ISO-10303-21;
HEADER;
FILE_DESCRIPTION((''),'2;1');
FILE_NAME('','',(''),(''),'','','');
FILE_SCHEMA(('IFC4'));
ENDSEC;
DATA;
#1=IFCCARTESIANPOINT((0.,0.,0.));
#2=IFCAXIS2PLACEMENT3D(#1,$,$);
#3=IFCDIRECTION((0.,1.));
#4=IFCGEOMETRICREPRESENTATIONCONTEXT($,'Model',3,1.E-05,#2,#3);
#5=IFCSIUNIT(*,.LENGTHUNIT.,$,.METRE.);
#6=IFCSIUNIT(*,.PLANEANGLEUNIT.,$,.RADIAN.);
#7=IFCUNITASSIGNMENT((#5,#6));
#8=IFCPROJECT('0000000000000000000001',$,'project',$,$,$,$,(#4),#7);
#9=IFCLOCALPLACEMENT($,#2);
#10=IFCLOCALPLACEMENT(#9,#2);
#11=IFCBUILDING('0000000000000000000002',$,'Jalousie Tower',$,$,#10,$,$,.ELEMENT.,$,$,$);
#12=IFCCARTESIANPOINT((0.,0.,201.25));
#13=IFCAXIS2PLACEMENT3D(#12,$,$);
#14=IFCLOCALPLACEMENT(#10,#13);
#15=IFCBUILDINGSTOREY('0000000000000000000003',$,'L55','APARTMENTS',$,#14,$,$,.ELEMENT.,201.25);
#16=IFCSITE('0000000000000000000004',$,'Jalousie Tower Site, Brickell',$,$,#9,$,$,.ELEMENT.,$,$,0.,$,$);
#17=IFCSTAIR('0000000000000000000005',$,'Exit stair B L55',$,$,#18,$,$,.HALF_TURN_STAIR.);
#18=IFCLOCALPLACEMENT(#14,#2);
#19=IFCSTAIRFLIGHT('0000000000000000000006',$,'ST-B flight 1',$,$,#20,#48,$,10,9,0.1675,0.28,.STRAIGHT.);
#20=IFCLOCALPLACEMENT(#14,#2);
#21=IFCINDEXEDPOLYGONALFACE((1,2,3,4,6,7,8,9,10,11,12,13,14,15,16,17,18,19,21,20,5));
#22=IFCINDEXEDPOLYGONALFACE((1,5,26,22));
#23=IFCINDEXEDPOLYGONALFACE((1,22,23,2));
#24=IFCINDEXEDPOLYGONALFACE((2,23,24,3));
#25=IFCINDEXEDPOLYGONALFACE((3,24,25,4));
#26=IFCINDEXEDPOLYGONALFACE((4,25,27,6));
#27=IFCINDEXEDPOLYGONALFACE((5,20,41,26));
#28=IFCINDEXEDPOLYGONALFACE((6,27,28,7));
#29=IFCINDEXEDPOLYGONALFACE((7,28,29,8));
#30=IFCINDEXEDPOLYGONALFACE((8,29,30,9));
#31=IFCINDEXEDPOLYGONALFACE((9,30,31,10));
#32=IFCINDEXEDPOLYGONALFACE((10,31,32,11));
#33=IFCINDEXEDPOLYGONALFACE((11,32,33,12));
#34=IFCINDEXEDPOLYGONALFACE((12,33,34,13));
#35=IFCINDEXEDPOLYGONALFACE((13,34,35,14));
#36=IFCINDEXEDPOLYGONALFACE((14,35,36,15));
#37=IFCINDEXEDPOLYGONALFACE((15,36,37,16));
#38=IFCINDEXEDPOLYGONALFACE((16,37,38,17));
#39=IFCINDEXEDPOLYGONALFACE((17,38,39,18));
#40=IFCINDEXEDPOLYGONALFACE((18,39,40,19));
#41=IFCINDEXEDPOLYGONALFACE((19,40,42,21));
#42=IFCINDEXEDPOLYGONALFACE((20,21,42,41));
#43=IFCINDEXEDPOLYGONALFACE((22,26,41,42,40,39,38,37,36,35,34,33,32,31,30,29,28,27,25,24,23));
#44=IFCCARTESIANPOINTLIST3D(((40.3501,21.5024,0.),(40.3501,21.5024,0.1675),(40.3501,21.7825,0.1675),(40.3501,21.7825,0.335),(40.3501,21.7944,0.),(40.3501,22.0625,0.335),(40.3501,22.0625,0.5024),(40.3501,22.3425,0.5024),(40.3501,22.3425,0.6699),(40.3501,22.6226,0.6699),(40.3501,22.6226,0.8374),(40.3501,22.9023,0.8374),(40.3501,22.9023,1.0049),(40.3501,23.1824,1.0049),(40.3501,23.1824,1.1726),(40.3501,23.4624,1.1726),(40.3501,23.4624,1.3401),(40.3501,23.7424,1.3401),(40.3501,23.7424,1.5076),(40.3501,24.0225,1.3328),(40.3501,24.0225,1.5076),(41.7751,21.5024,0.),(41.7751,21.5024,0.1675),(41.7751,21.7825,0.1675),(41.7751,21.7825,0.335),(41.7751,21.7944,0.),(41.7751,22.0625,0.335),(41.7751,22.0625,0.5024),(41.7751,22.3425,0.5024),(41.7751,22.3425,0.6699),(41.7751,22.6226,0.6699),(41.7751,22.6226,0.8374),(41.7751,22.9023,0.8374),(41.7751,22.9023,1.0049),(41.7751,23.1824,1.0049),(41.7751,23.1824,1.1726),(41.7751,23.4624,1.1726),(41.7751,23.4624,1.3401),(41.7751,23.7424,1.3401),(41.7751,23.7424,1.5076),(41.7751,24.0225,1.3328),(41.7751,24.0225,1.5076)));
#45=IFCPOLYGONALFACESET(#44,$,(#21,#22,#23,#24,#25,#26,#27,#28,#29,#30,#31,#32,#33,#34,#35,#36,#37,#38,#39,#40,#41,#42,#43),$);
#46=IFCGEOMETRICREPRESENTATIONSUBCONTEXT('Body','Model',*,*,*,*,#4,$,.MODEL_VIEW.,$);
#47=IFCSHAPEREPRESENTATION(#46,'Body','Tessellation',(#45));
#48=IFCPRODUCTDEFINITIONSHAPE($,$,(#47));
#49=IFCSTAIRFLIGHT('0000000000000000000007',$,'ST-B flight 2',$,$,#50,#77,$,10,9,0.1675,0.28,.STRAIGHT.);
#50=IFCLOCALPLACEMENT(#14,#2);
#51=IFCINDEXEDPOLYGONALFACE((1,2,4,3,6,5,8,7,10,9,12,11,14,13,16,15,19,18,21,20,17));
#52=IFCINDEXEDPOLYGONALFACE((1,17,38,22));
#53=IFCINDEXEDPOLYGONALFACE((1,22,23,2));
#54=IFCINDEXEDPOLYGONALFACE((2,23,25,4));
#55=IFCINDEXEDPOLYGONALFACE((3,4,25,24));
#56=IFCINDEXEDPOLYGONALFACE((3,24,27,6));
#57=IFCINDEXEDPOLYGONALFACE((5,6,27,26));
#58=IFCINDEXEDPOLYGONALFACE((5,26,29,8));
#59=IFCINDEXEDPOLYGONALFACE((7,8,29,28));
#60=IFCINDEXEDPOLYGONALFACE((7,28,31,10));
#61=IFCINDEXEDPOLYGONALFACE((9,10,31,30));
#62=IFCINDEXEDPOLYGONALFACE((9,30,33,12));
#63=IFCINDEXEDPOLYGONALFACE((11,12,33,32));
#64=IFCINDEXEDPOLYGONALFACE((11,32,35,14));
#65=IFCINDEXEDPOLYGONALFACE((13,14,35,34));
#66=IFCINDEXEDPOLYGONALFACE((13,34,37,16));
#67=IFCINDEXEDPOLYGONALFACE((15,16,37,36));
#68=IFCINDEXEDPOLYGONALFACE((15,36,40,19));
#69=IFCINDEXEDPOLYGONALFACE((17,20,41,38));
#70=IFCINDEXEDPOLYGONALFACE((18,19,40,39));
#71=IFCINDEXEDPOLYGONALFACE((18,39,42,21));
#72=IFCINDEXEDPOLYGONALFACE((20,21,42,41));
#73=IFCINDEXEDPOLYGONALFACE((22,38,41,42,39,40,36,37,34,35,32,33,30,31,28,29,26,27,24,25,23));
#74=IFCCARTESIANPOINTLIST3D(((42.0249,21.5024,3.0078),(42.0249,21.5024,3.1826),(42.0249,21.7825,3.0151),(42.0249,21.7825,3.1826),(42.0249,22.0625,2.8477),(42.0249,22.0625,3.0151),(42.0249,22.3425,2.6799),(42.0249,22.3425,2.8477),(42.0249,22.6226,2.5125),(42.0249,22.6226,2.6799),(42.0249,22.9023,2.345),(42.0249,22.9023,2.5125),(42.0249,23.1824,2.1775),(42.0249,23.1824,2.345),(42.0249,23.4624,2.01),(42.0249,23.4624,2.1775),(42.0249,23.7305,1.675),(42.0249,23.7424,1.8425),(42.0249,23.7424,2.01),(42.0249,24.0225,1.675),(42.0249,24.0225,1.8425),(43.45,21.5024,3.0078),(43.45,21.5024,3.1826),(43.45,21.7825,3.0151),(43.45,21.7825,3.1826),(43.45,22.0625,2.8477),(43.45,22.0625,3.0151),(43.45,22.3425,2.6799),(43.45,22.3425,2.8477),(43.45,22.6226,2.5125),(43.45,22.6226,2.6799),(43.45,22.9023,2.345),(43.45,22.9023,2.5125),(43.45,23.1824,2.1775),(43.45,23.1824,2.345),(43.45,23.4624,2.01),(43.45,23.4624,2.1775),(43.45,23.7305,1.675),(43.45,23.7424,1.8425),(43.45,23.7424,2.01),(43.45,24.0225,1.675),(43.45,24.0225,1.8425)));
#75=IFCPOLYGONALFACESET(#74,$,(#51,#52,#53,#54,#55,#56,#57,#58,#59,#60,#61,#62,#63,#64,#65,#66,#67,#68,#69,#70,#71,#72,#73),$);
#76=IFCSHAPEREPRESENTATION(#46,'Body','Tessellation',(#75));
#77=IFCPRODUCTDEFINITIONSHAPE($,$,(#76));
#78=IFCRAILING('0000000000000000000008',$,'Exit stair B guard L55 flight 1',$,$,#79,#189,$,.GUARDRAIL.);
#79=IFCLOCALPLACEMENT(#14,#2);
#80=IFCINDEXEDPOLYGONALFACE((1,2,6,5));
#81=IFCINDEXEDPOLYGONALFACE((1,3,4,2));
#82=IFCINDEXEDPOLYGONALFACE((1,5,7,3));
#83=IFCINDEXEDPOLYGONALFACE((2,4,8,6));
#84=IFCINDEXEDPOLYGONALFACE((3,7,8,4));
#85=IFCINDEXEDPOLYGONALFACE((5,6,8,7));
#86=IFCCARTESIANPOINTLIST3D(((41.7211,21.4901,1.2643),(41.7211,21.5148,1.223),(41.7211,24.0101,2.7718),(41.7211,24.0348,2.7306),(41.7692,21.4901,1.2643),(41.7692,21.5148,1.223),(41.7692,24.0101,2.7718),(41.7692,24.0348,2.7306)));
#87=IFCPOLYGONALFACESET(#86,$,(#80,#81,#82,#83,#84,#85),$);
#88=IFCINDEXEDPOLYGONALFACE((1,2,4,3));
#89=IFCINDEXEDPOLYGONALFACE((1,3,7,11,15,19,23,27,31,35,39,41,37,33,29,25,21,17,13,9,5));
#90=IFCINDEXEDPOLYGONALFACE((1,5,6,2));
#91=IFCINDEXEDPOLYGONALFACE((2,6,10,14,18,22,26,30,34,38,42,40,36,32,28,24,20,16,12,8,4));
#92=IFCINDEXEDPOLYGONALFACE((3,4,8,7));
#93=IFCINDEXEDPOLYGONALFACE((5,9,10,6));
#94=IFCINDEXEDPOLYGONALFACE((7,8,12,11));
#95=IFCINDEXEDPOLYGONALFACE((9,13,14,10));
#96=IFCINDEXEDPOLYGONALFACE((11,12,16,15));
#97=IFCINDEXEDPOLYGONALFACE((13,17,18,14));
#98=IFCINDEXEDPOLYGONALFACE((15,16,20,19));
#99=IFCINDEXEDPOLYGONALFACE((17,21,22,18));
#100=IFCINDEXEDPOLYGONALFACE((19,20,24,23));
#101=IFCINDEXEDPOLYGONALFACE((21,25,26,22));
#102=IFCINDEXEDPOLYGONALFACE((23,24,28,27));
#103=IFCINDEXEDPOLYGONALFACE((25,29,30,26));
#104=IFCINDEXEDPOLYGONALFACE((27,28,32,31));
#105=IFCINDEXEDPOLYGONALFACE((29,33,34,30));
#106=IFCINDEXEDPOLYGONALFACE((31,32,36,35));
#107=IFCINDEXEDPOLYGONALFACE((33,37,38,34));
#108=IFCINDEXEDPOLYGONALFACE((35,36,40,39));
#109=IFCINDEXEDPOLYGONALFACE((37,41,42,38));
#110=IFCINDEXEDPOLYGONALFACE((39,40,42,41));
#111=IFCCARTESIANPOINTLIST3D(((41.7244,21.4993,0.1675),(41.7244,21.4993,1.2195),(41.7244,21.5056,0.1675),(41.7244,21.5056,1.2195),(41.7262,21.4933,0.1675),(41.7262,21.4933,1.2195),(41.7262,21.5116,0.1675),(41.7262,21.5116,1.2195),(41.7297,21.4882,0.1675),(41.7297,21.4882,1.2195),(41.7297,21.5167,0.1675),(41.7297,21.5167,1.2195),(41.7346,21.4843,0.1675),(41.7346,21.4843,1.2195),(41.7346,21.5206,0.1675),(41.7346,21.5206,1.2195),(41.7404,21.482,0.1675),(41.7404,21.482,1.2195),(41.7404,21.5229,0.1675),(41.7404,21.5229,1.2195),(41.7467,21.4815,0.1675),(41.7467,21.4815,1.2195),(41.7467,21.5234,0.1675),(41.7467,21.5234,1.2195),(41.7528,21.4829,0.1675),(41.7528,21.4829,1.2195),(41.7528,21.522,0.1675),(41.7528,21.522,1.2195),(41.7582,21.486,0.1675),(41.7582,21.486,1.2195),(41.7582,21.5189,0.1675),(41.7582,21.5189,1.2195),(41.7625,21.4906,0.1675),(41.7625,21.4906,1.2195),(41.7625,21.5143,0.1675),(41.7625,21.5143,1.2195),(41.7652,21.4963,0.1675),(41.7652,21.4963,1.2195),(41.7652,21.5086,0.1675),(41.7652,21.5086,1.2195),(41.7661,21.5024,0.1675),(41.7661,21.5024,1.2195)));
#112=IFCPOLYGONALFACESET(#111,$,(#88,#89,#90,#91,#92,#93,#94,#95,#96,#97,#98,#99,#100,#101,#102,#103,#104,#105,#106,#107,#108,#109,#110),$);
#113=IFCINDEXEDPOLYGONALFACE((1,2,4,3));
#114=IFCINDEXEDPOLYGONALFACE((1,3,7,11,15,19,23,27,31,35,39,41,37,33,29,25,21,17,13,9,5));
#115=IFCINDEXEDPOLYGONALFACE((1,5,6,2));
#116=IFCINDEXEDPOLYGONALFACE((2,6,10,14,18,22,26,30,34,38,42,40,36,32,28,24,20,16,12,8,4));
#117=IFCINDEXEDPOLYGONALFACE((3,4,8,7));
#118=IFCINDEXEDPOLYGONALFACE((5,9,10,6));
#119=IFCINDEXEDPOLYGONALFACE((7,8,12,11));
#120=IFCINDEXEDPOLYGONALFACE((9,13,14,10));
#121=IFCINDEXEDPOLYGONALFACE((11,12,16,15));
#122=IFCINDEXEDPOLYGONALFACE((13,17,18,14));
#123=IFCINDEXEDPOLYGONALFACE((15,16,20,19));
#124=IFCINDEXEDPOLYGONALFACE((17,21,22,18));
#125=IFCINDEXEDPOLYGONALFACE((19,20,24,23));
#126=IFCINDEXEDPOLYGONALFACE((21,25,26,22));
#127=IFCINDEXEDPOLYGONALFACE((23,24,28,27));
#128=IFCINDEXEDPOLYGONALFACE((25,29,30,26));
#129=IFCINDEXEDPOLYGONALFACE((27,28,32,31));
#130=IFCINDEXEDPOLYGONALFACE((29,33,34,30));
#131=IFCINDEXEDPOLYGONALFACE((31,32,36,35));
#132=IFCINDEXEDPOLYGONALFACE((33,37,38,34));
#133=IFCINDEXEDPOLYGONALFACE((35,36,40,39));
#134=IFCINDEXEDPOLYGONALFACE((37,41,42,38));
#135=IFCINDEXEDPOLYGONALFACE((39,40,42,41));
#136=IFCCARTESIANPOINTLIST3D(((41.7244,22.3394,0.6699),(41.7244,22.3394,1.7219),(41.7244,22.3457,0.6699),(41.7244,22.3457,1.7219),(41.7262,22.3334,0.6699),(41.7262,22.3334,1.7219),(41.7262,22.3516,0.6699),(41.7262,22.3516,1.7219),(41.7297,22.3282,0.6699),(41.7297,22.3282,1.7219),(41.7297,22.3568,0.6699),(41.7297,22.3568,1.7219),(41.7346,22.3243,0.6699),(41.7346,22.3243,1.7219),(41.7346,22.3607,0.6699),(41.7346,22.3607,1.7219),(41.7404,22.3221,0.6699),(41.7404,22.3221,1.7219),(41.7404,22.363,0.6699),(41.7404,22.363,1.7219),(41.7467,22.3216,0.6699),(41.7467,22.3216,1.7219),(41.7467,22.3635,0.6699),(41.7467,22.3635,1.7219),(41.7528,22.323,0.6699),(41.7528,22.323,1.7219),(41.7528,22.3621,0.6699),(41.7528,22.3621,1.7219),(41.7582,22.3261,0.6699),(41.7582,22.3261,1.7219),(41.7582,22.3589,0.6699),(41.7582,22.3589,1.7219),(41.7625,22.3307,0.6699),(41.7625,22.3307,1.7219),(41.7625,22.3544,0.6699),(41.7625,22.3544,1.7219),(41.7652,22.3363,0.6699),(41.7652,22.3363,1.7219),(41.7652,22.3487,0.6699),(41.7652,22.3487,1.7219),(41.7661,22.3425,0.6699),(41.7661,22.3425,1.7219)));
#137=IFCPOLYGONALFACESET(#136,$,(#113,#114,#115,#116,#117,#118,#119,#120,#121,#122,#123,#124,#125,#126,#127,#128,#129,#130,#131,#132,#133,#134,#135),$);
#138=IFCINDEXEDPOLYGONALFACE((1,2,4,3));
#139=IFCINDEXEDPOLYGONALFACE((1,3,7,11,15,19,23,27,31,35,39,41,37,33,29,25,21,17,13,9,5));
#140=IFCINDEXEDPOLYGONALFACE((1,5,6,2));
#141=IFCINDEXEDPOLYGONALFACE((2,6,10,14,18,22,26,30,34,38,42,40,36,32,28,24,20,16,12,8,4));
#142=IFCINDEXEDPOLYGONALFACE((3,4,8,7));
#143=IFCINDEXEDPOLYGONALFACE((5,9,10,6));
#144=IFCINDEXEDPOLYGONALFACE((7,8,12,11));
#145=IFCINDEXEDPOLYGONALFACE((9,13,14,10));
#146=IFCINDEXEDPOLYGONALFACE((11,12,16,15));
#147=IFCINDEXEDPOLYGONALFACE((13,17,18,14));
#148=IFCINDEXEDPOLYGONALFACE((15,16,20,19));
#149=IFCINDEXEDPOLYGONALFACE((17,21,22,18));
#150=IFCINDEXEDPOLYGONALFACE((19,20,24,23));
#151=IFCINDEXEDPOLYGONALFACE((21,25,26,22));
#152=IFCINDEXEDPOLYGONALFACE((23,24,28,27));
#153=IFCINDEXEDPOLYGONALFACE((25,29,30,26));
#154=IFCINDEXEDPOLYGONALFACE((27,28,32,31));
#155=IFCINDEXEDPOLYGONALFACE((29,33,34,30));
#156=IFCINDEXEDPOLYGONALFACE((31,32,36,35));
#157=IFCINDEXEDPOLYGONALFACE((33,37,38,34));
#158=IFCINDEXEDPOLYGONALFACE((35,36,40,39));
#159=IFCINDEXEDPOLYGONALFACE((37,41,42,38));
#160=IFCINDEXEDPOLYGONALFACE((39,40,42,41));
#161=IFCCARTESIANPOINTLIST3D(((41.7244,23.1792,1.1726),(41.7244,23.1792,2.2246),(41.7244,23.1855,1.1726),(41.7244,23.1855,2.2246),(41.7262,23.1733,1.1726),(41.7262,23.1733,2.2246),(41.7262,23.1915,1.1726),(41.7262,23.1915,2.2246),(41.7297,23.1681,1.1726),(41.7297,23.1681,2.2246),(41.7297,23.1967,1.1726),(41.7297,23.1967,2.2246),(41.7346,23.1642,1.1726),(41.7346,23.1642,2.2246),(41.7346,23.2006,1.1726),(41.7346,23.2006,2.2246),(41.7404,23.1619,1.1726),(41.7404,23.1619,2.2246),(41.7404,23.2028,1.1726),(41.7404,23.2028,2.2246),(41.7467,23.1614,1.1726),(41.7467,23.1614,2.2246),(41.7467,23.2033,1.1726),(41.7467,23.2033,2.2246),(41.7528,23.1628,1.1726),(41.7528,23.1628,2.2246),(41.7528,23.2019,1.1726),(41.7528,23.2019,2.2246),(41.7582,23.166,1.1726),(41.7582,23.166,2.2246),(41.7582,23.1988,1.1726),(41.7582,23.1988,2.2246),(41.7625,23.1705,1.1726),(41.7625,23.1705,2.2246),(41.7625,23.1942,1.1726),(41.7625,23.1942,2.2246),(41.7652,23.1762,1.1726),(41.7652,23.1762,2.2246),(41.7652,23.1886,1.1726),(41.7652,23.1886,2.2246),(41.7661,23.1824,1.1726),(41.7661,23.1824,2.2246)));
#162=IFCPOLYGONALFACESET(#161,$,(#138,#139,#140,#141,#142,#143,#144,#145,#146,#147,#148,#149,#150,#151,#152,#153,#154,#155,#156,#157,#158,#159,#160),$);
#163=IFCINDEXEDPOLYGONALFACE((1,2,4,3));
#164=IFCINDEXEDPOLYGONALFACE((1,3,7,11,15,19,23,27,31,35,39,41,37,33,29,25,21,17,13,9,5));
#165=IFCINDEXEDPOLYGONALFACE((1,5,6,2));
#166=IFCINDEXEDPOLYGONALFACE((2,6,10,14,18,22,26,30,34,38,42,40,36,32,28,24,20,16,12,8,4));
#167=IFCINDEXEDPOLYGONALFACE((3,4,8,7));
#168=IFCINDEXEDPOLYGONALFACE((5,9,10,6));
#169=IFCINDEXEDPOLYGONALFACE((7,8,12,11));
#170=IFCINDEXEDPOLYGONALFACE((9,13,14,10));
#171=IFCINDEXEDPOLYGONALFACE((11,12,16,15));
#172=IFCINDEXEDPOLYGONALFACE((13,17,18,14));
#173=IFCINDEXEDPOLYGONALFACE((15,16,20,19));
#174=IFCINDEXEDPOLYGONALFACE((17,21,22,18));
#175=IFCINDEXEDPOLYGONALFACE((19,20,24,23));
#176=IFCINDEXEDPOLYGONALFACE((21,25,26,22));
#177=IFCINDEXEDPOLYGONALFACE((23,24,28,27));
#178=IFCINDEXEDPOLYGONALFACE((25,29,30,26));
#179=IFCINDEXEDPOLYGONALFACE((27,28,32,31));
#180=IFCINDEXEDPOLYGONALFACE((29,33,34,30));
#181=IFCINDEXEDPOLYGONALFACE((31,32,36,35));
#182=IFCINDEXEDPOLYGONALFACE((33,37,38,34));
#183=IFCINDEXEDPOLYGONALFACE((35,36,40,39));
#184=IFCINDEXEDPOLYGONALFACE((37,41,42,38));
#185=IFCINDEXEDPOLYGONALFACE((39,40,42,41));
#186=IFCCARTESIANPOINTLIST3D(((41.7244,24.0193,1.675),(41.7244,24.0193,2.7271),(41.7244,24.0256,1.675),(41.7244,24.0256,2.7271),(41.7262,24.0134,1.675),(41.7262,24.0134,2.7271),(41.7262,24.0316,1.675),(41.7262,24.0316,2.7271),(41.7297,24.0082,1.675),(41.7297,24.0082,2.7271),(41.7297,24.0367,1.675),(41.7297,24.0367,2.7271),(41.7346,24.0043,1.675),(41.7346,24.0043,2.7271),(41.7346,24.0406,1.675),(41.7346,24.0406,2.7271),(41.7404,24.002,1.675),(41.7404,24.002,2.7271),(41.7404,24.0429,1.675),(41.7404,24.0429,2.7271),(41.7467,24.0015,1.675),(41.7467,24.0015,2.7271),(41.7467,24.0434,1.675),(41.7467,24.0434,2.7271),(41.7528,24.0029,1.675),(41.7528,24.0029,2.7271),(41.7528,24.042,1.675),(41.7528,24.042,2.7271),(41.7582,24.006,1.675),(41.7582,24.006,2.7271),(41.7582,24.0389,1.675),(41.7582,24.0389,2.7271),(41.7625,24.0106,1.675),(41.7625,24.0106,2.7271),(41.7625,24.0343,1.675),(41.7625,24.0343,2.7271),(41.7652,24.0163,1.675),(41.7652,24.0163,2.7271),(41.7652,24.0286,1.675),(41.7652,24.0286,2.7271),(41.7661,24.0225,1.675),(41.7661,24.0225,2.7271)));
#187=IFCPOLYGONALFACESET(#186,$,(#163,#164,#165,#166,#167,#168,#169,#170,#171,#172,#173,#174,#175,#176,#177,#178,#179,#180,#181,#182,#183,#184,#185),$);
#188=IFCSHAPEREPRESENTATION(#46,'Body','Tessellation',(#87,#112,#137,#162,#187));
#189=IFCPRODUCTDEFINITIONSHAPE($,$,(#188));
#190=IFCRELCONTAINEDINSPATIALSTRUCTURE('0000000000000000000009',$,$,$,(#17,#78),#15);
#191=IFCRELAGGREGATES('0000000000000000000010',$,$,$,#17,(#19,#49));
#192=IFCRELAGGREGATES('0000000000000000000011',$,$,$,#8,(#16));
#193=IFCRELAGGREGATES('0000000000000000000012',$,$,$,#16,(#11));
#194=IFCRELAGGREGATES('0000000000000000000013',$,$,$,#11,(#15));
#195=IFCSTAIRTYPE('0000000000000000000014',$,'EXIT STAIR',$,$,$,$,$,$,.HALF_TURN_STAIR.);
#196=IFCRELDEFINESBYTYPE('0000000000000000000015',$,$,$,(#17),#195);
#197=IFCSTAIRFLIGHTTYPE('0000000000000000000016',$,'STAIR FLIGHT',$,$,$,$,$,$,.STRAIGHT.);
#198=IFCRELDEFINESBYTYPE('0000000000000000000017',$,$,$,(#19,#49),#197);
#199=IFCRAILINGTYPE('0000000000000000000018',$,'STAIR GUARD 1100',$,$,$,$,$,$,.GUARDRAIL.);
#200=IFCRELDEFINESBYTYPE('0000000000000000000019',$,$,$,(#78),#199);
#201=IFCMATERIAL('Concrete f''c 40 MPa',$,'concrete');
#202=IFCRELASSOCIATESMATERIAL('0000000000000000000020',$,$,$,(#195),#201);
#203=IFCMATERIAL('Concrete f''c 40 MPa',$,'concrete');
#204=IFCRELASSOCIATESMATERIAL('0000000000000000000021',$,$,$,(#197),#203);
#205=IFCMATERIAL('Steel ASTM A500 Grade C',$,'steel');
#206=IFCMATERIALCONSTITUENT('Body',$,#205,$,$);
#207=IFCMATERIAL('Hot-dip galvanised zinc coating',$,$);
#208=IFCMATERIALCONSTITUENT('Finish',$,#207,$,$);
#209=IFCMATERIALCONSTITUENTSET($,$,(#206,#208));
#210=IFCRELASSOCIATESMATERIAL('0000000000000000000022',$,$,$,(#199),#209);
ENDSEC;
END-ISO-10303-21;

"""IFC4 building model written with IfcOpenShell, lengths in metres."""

from ifc_helpers import new_model, si_unit, direction, frame, origin, origin_2d, place, context, subcontext, project, spatial, polyline, rectangle, circle, outline, extrude, material, constituent, constituent_set, type_object, element, aggregate, save


model = new_model("IFC4")

# Units and contexts
model_context = context("Model", 3, precision=1e-05, world=origin(), true_north=direction((0.0, 1.0)))
body_context = subcontext(model_context, "Body", "Model", "MODEL_VIEW")
ifc_project = project(units=[si_unit("LENGTHUNIT", "METRE"), si_unit("PLANEANGLEUNIT", "RADIAN")], contexts=[model_context])

# Site, building, storey
site_placement = place(None, origin())
site = spatial("IfcSite", under=ifc_project, at=site_placement, Name="Jalousie Tower Site, Brickell", CompositionType="ELEMENT", RefElevation=0.0)
building_placement = place(site_placement, origin())
building = spatial("IfcBuilding", under=site, at=building_placement, Name="Jalousie Tower", CompositionType="ELEMENT")
storey_placement = place(building_placement, frame((0.0, 0.0, 201.25)))
storey = spatial("IfcBuildingStorey", under=building, at=storey_placement, Name="L55", Description="APARTMENTS", CompositionType="ELEMENT", Elevation=201.25)

# Stair, stair flights
ifc_material_1 = material(Name="Concrete f'c 40 MPa", Category="concrete")
stair_type = type_object("IfcStairType", Name="EXIT STAIR", PredefinedType="HALF_TURN_STAIR", material=ifc_material_1)
stair_placement = place(storey_placement, origin())
stair = element("IfcStair", 1, at=stair_placement, inside=storey, type_object=stair_type, Name="Exit stair B L55", PredefinedType="HALF_TURN_STAIR")
ifc_material_2 = material(Name="Concrete f'c 40 MPa", Category="concrete")
stair_flight_type = type_object("IfcStairFlightType", Name="STAIR FLIGHT", PredefinedType="STRAIGHT", material=ifc_material_2)
stair_flight_1_placement = place(storey_placement, frame((41.0625, 21.5024, 0.0), z_axis=(0.0, 0.0, 1.0), x_axis=(0.0, 1.0, 0.0)))
stair_flight_1 = element("IfcStairFlight", 2, at=stair_flight_1_placement, type_object=stair_flight_type, Name="ST-B flight 1", NumberOfRisers=10, NumberOfTreads=9, PredefinedType="STRAIGHT", RiserHeight=0.1675, TreadLength=0.28, context=body_context, shape_type="SweptSolid", body=[
    extrude(outline(polyline([(0.0, 0.0), (0.0, 0.1675), (0.28, 0.1675), (0.28, 0.335), (0.5601, 0.335), (0.5601, 0.5024), (0.8401, 0.5024), (0.8401, 0.6699), (1.1201, 0.6699), (1.1201, 0.8374), (1.3999, 0.8374), (1.3999, 1.0049), (1.6799, 1.0049), (1.6799, 1.1726), (1.96, 1.1726), (1.96, 1.3401), (2.24, 1.3401), (2.24, 1.5076), (2.52, 1.5076), (2.52, 1.675), (2.52, 1.3328), (0.292, 0.0), (0.0, 0.0)])), frame((0.0, 0.7124, 0.0), z_axis=(0.0, -1.0, 0.0), x_axis=(1.0, 0.0, 0.0)), (0.0, 0.0, 1.0), 1.425),
])
stair_flight_2_placement = place(storey_placement, frame((42.7375, 24.0225, 1.675), z_axis=(0.0, 0.0, 1.0), x_axis=(0.0, -1.0, 0.0)))
stair_flight_2 = element("IfcStairFlight", 3, at=stair_flight_2_placement, type_object=stair_flight_type, Name="ST-B flight 2", NumberOfRisers=10, NumberOfTreads=9, PredefinedType="STRAIGHT", RiserHeight=0.1675, TreadLength=0.28, context=body_context, shape_type="SweptSolid", body=[
    extrude(outline(polyline([(0.0, 0.0), (0.0, 0.1675), (0.28, 0.1675), (0.28, 0.335), (0.5601, 0.335), (0.5601, 0.5024), (0.8401, 0.5024), (0.8401, 0.6699), (1.1201, 0.6699), (1.1201, 0.8374), (1.3999, 0.8374), (1.3999, 1.0049), (1.6799, 1.0049), (1.6799, 1.1726), (1.96, 1.1726), (1.96, 1.3401), (2.24, 1.3401), (2.24, 1.5076), (2.52, 1.5076), (2.52, 1.675), (2.52, 1.3328), (0.292, 0.0), (0.0, 0.0)])), frame((0.0, 0.7124, 0.0), z_axis=(0.0, -1.0, 0.0), x_axis=(1.0, 0.0, 0.0)), (0.0, 0.0, 1.0), 1.425),
])
aggregate(stair, [stair_flight_1, stair_flight_2])

# Railing
ifc_material_3 = material(Name="Steel ASTM A500 Grade C", Category="steel")
ifc_constituent_1 = constituent(ifc_material_3, Name="Body")
ifc_material_4 = material(Name="Hot-dip galvanised zinc coating")
ifc_constituent_2 = constituent(ifc_material_4, Name="Finish")
ifc_constituent_set_1 = constituent_set(constituents=[ifc_constituent_1, ifc_constituent_2])
railing_type_1 = type_object("IfcRailingType", Name="STAIR GUARD 1100", PredefinedType="GUARDRAIL", material=ifc_constituent_set_1)
railing_1_placement = place(storey_placement, frame((41.7451, 21.5024, 0.1675)))
element("IfcRailing", 4, at=railing_1_placement, inside=storey, type_object=railing_type_1, Name="Exit stair B guard L55 flight 1", PredefinedType="GUARDRAIL", context=body_context, shape_type="SweptSolid", body=[
    extrude(rectangle(XDim=0.0481, YDim=0.0481, at=origin_2d()), frame((0.0, 0.0, 1.0762), z_axis=(0.0, 0.85816, 0.513383), x_axis=(-1.0, 0.0, 0.0)), (0.0, 0.0, 1.0), 2.9365),
    extrude(circle(Radius=0.021, at=origin_2d()), origin(), (0.0, 0.0, 1.0), 1.052),
    extrude(circle(Radius=0.021, at=origin_2d()), frame((0.0, 0.8401, 0.5024)), (0.0, 0.0, 1.0), 1.052),
    extrude(circle(Radius=0.021, at=origin_2d()), frame((0.0, 1.6799, 1.0051)), (0.0, 0.0, 1.0), 1.052),
    extrude(circle(Radius=0.021, at=origin_2d()), frame((0.0, 2.52, 1.5076)), (0.0, 0.0, 1.0), 1.052),
])

save(model, "model.ifc")
